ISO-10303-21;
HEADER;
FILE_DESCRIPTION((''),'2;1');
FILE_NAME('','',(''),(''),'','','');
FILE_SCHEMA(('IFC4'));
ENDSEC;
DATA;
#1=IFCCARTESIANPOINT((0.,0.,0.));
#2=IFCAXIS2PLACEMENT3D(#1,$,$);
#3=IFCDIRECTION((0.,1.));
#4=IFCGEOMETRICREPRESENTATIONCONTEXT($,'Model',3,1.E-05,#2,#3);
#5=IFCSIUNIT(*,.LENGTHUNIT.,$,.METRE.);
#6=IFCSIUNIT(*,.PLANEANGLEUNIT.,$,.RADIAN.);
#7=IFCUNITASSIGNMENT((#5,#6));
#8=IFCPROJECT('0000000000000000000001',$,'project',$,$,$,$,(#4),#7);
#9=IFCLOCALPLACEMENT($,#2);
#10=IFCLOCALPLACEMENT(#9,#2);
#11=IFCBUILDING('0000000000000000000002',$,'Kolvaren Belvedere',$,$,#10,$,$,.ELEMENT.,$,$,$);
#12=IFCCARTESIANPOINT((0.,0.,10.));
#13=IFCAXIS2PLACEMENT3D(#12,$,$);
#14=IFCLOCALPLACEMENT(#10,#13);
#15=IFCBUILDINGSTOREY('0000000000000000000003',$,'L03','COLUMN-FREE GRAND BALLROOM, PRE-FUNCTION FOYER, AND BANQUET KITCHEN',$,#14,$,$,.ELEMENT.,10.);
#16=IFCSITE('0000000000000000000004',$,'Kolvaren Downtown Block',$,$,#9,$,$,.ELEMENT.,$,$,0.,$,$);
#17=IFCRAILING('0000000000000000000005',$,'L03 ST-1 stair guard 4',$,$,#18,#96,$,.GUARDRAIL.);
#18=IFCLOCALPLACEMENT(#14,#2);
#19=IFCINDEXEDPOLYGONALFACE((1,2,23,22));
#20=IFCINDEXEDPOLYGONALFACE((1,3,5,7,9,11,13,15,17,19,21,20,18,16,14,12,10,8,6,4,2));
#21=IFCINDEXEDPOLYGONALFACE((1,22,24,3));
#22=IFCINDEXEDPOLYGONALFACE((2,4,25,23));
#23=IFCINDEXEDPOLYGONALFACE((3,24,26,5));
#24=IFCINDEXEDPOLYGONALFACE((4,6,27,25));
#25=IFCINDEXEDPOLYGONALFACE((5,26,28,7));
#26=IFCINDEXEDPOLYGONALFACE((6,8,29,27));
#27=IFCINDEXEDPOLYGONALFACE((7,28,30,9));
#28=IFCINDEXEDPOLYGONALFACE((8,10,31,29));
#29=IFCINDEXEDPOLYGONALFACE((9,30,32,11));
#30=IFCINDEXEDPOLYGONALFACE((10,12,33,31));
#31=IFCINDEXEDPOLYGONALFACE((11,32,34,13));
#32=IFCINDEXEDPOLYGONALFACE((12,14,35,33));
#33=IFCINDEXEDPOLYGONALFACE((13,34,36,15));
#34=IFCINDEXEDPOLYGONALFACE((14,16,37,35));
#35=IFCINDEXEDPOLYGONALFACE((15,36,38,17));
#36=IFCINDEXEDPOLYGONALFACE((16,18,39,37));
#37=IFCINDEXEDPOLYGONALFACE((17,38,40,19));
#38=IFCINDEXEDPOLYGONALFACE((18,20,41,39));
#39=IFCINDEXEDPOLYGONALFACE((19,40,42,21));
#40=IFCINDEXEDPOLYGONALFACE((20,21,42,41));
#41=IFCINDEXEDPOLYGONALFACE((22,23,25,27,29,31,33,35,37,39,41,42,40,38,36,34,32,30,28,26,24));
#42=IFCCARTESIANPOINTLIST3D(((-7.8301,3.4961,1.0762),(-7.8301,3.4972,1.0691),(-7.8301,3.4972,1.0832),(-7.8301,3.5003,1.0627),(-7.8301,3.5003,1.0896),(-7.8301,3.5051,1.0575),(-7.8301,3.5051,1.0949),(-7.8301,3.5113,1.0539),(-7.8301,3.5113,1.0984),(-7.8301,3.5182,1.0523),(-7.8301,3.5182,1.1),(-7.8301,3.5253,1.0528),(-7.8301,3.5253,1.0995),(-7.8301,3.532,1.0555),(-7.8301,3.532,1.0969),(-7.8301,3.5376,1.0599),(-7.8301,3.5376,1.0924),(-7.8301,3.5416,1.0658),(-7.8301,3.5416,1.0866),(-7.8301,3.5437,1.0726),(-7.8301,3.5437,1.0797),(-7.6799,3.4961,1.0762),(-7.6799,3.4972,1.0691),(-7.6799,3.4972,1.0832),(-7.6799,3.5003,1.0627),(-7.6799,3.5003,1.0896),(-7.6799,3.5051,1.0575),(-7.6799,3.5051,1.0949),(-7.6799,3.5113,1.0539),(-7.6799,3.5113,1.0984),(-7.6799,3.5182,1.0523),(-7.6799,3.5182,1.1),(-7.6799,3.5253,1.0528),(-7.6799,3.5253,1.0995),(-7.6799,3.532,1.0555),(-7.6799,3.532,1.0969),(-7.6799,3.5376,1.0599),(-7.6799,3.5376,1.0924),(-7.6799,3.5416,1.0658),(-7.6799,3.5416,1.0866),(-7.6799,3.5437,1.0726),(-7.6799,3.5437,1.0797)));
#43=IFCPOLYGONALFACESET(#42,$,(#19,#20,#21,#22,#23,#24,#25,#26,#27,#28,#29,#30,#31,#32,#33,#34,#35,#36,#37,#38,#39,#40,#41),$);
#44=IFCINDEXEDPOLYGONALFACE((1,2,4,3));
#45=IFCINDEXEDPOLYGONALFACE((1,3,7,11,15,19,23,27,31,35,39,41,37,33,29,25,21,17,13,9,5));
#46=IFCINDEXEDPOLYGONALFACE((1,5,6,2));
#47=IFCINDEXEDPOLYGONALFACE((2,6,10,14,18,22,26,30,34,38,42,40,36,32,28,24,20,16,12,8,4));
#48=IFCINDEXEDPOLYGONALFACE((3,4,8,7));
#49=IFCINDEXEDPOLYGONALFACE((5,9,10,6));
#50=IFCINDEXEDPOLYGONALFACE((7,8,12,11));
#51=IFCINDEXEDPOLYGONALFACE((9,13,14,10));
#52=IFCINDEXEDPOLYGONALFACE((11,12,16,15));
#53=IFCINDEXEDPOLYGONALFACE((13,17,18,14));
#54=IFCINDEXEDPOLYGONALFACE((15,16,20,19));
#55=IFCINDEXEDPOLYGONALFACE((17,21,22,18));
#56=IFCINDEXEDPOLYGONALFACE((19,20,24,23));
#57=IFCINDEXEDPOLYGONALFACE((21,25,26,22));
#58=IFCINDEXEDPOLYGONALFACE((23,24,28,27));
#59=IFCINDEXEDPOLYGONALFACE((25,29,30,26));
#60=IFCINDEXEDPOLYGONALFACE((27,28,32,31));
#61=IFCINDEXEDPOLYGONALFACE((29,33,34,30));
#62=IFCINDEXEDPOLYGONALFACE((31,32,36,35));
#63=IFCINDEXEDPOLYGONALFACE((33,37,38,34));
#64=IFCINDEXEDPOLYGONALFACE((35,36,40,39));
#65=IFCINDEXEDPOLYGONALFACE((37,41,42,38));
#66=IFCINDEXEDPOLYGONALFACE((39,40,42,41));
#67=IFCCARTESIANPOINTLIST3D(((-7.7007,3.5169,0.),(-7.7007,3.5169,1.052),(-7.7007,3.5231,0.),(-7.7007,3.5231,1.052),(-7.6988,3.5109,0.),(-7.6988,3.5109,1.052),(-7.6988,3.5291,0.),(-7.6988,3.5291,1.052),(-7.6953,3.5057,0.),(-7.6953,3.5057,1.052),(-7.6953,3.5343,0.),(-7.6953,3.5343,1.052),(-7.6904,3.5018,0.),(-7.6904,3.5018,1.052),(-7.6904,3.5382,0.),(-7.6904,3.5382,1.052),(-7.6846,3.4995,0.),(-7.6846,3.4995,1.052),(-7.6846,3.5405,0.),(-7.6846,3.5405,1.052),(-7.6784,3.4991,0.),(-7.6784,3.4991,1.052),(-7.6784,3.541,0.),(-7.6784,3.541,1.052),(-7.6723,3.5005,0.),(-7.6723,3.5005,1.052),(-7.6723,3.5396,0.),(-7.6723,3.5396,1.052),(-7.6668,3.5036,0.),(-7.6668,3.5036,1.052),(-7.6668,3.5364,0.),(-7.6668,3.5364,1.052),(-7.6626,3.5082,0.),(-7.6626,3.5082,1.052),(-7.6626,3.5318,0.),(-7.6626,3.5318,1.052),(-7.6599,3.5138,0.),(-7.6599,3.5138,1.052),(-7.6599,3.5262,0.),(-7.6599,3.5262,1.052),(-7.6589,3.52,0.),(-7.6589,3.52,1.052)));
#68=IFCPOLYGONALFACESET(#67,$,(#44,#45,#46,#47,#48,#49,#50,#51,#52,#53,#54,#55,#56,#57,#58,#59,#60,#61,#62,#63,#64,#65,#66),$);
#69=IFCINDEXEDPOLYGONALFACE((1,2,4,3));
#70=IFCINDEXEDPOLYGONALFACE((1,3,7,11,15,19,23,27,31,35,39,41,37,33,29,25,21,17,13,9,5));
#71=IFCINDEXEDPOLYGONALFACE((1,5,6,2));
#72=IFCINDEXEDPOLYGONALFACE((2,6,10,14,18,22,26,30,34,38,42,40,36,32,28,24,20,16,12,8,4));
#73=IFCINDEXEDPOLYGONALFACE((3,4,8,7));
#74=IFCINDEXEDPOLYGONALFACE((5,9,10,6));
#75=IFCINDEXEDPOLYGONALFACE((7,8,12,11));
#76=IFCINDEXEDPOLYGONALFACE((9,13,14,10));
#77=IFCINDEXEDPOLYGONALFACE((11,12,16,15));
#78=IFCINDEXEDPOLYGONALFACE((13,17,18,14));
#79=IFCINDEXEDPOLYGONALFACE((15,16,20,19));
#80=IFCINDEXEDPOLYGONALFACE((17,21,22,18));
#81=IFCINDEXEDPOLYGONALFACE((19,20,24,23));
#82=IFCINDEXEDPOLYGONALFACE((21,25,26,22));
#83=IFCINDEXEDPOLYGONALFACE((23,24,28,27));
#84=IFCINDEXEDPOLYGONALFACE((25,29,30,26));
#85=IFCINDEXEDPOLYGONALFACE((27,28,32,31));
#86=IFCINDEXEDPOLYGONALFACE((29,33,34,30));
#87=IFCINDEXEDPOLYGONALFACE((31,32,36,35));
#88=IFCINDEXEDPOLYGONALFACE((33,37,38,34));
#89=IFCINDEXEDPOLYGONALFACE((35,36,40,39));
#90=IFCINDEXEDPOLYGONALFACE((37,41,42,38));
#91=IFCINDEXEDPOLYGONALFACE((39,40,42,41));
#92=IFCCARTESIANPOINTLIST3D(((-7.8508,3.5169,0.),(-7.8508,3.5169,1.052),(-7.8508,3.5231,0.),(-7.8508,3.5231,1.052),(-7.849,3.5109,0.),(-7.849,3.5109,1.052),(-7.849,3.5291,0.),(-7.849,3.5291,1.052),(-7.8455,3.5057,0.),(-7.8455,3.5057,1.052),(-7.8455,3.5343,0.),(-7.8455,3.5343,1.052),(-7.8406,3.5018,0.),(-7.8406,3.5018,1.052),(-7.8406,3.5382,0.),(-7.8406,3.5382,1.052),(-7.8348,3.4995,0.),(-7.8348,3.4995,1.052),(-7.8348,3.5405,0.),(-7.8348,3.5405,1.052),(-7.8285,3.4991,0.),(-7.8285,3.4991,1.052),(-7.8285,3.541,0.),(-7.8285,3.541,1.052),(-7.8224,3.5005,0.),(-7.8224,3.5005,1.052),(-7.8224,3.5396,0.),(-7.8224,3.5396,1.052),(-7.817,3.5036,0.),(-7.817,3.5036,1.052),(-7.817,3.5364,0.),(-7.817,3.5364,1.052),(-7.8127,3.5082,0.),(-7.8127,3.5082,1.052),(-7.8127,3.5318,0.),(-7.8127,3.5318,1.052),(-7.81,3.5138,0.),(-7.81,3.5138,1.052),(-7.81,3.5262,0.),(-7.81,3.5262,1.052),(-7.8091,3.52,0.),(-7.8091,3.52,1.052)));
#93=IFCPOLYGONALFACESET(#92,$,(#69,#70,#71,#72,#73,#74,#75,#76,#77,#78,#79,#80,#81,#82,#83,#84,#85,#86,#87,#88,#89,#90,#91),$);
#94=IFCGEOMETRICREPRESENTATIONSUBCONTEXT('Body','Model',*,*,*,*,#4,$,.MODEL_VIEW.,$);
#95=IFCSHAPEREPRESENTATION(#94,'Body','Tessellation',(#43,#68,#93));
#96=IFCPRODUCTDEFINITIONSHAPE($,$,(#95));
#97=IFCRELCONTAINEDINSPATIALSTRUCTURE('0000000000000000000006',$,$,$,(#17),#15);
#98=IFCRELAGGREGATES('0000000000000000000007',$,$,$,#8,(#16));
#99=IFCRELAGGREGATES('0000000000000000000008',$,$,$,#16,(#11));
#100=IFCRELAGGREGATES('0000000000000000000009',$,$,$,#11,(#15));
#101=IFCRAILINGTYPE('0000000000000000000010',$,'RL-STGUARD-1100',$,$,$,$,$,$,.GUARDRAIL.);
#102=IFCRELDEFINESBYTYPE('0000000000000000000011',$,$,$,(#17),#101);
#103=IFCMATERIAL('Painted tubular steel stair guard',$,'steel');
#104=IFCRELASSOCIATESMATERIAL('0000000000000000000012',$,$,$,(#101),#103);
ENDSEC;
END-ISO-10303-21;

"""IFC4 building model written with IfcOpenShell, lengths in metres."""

from ifc_helpers import new_model, si_unit, direction, frame, origin, origin_2d, place, context, subcontext, project, spatial, circle, extrude, material, type_object, element, save


model = new_model("IFC4")

# Units and contexts
model_context = context("Model", 3, precision=1e-05, world=origin(), true_north=direction((0.0, 1.0)))
body_context = subcontext(model_context, "Body", "Model", "MODEL_VIEW")
ifc_project = project(units=[si_unit("LENGTHUNIT", "METRE"), si_unit("PLANEANGLEUNIT", "RADIAN")], contexts=[model_context])

# Site, building, storey
site_placement = place(None, origin())
site = spatial("IfcSite", under=ifc_project, at=site_placement, Name="Kolvaren Downtown Block", CompositionType="ELEMENT", RefElevation=0.0)
building_placement = place(site_placement, origin())
building = spatial("IfcBuilding", under=site, at=building_placement, Name="Kolvaren Belvedere", CompositionType="ELEMENT")
storey_placement = place(building_placement, frame((0.0, 0.0, 10.0)))
storey = spatial("IfcBuildingStorey", under=building, at=storey_placement, Name="L03", Description="COLUMN-FREE GRAND BALLROOM, PRE-FUNCTION FOYER, AND BANQUET KITCHEN", CompositionType="ELEMENT", Elevation=10.0)

# Railing
ifc_material_1 = material(Name="Painted tubular steel stair guard", Category="steel")
railing_type_1 = type_object("IfcRailingType", Name="RL-STGUARD-1100", PredefinedType="GUARDRAIL", material=ifc_material_1)
railing_1_placement = place(storey_placement, frame((-7.6799, 3.52, 0.0)))
element("IfcRailing", 1, at=railing_1_placement, inside=storey, type_object=railing_type_1, Name="L03 ST-1 stair guard 4", PredefinedType="GUARDRAIL", context=body_context, shape_type="SweptSolid", body=[
    extrude(circle(Radius=0.0239, at=origin_2d()), frame((0.0, 0.0, 1.0762), z_axis=(-1.0, 0.0, 0.0), x_axis=(0.0, -1.0, 0.0)), (0.0, 0.0, 1.0), 0.1501),
    extrude(circle(Radius=0.021, at=origin_2d()), origin(), (0.0, 0.0, 1.0), 1.052),
    extrude(circle(Radius=0.021, at=origin_2d()), frame((-0.1501, 0.0, 0.0)), (0.0, 0.0, 1.0), 1.052),
])

save(model, "model.ifc")
